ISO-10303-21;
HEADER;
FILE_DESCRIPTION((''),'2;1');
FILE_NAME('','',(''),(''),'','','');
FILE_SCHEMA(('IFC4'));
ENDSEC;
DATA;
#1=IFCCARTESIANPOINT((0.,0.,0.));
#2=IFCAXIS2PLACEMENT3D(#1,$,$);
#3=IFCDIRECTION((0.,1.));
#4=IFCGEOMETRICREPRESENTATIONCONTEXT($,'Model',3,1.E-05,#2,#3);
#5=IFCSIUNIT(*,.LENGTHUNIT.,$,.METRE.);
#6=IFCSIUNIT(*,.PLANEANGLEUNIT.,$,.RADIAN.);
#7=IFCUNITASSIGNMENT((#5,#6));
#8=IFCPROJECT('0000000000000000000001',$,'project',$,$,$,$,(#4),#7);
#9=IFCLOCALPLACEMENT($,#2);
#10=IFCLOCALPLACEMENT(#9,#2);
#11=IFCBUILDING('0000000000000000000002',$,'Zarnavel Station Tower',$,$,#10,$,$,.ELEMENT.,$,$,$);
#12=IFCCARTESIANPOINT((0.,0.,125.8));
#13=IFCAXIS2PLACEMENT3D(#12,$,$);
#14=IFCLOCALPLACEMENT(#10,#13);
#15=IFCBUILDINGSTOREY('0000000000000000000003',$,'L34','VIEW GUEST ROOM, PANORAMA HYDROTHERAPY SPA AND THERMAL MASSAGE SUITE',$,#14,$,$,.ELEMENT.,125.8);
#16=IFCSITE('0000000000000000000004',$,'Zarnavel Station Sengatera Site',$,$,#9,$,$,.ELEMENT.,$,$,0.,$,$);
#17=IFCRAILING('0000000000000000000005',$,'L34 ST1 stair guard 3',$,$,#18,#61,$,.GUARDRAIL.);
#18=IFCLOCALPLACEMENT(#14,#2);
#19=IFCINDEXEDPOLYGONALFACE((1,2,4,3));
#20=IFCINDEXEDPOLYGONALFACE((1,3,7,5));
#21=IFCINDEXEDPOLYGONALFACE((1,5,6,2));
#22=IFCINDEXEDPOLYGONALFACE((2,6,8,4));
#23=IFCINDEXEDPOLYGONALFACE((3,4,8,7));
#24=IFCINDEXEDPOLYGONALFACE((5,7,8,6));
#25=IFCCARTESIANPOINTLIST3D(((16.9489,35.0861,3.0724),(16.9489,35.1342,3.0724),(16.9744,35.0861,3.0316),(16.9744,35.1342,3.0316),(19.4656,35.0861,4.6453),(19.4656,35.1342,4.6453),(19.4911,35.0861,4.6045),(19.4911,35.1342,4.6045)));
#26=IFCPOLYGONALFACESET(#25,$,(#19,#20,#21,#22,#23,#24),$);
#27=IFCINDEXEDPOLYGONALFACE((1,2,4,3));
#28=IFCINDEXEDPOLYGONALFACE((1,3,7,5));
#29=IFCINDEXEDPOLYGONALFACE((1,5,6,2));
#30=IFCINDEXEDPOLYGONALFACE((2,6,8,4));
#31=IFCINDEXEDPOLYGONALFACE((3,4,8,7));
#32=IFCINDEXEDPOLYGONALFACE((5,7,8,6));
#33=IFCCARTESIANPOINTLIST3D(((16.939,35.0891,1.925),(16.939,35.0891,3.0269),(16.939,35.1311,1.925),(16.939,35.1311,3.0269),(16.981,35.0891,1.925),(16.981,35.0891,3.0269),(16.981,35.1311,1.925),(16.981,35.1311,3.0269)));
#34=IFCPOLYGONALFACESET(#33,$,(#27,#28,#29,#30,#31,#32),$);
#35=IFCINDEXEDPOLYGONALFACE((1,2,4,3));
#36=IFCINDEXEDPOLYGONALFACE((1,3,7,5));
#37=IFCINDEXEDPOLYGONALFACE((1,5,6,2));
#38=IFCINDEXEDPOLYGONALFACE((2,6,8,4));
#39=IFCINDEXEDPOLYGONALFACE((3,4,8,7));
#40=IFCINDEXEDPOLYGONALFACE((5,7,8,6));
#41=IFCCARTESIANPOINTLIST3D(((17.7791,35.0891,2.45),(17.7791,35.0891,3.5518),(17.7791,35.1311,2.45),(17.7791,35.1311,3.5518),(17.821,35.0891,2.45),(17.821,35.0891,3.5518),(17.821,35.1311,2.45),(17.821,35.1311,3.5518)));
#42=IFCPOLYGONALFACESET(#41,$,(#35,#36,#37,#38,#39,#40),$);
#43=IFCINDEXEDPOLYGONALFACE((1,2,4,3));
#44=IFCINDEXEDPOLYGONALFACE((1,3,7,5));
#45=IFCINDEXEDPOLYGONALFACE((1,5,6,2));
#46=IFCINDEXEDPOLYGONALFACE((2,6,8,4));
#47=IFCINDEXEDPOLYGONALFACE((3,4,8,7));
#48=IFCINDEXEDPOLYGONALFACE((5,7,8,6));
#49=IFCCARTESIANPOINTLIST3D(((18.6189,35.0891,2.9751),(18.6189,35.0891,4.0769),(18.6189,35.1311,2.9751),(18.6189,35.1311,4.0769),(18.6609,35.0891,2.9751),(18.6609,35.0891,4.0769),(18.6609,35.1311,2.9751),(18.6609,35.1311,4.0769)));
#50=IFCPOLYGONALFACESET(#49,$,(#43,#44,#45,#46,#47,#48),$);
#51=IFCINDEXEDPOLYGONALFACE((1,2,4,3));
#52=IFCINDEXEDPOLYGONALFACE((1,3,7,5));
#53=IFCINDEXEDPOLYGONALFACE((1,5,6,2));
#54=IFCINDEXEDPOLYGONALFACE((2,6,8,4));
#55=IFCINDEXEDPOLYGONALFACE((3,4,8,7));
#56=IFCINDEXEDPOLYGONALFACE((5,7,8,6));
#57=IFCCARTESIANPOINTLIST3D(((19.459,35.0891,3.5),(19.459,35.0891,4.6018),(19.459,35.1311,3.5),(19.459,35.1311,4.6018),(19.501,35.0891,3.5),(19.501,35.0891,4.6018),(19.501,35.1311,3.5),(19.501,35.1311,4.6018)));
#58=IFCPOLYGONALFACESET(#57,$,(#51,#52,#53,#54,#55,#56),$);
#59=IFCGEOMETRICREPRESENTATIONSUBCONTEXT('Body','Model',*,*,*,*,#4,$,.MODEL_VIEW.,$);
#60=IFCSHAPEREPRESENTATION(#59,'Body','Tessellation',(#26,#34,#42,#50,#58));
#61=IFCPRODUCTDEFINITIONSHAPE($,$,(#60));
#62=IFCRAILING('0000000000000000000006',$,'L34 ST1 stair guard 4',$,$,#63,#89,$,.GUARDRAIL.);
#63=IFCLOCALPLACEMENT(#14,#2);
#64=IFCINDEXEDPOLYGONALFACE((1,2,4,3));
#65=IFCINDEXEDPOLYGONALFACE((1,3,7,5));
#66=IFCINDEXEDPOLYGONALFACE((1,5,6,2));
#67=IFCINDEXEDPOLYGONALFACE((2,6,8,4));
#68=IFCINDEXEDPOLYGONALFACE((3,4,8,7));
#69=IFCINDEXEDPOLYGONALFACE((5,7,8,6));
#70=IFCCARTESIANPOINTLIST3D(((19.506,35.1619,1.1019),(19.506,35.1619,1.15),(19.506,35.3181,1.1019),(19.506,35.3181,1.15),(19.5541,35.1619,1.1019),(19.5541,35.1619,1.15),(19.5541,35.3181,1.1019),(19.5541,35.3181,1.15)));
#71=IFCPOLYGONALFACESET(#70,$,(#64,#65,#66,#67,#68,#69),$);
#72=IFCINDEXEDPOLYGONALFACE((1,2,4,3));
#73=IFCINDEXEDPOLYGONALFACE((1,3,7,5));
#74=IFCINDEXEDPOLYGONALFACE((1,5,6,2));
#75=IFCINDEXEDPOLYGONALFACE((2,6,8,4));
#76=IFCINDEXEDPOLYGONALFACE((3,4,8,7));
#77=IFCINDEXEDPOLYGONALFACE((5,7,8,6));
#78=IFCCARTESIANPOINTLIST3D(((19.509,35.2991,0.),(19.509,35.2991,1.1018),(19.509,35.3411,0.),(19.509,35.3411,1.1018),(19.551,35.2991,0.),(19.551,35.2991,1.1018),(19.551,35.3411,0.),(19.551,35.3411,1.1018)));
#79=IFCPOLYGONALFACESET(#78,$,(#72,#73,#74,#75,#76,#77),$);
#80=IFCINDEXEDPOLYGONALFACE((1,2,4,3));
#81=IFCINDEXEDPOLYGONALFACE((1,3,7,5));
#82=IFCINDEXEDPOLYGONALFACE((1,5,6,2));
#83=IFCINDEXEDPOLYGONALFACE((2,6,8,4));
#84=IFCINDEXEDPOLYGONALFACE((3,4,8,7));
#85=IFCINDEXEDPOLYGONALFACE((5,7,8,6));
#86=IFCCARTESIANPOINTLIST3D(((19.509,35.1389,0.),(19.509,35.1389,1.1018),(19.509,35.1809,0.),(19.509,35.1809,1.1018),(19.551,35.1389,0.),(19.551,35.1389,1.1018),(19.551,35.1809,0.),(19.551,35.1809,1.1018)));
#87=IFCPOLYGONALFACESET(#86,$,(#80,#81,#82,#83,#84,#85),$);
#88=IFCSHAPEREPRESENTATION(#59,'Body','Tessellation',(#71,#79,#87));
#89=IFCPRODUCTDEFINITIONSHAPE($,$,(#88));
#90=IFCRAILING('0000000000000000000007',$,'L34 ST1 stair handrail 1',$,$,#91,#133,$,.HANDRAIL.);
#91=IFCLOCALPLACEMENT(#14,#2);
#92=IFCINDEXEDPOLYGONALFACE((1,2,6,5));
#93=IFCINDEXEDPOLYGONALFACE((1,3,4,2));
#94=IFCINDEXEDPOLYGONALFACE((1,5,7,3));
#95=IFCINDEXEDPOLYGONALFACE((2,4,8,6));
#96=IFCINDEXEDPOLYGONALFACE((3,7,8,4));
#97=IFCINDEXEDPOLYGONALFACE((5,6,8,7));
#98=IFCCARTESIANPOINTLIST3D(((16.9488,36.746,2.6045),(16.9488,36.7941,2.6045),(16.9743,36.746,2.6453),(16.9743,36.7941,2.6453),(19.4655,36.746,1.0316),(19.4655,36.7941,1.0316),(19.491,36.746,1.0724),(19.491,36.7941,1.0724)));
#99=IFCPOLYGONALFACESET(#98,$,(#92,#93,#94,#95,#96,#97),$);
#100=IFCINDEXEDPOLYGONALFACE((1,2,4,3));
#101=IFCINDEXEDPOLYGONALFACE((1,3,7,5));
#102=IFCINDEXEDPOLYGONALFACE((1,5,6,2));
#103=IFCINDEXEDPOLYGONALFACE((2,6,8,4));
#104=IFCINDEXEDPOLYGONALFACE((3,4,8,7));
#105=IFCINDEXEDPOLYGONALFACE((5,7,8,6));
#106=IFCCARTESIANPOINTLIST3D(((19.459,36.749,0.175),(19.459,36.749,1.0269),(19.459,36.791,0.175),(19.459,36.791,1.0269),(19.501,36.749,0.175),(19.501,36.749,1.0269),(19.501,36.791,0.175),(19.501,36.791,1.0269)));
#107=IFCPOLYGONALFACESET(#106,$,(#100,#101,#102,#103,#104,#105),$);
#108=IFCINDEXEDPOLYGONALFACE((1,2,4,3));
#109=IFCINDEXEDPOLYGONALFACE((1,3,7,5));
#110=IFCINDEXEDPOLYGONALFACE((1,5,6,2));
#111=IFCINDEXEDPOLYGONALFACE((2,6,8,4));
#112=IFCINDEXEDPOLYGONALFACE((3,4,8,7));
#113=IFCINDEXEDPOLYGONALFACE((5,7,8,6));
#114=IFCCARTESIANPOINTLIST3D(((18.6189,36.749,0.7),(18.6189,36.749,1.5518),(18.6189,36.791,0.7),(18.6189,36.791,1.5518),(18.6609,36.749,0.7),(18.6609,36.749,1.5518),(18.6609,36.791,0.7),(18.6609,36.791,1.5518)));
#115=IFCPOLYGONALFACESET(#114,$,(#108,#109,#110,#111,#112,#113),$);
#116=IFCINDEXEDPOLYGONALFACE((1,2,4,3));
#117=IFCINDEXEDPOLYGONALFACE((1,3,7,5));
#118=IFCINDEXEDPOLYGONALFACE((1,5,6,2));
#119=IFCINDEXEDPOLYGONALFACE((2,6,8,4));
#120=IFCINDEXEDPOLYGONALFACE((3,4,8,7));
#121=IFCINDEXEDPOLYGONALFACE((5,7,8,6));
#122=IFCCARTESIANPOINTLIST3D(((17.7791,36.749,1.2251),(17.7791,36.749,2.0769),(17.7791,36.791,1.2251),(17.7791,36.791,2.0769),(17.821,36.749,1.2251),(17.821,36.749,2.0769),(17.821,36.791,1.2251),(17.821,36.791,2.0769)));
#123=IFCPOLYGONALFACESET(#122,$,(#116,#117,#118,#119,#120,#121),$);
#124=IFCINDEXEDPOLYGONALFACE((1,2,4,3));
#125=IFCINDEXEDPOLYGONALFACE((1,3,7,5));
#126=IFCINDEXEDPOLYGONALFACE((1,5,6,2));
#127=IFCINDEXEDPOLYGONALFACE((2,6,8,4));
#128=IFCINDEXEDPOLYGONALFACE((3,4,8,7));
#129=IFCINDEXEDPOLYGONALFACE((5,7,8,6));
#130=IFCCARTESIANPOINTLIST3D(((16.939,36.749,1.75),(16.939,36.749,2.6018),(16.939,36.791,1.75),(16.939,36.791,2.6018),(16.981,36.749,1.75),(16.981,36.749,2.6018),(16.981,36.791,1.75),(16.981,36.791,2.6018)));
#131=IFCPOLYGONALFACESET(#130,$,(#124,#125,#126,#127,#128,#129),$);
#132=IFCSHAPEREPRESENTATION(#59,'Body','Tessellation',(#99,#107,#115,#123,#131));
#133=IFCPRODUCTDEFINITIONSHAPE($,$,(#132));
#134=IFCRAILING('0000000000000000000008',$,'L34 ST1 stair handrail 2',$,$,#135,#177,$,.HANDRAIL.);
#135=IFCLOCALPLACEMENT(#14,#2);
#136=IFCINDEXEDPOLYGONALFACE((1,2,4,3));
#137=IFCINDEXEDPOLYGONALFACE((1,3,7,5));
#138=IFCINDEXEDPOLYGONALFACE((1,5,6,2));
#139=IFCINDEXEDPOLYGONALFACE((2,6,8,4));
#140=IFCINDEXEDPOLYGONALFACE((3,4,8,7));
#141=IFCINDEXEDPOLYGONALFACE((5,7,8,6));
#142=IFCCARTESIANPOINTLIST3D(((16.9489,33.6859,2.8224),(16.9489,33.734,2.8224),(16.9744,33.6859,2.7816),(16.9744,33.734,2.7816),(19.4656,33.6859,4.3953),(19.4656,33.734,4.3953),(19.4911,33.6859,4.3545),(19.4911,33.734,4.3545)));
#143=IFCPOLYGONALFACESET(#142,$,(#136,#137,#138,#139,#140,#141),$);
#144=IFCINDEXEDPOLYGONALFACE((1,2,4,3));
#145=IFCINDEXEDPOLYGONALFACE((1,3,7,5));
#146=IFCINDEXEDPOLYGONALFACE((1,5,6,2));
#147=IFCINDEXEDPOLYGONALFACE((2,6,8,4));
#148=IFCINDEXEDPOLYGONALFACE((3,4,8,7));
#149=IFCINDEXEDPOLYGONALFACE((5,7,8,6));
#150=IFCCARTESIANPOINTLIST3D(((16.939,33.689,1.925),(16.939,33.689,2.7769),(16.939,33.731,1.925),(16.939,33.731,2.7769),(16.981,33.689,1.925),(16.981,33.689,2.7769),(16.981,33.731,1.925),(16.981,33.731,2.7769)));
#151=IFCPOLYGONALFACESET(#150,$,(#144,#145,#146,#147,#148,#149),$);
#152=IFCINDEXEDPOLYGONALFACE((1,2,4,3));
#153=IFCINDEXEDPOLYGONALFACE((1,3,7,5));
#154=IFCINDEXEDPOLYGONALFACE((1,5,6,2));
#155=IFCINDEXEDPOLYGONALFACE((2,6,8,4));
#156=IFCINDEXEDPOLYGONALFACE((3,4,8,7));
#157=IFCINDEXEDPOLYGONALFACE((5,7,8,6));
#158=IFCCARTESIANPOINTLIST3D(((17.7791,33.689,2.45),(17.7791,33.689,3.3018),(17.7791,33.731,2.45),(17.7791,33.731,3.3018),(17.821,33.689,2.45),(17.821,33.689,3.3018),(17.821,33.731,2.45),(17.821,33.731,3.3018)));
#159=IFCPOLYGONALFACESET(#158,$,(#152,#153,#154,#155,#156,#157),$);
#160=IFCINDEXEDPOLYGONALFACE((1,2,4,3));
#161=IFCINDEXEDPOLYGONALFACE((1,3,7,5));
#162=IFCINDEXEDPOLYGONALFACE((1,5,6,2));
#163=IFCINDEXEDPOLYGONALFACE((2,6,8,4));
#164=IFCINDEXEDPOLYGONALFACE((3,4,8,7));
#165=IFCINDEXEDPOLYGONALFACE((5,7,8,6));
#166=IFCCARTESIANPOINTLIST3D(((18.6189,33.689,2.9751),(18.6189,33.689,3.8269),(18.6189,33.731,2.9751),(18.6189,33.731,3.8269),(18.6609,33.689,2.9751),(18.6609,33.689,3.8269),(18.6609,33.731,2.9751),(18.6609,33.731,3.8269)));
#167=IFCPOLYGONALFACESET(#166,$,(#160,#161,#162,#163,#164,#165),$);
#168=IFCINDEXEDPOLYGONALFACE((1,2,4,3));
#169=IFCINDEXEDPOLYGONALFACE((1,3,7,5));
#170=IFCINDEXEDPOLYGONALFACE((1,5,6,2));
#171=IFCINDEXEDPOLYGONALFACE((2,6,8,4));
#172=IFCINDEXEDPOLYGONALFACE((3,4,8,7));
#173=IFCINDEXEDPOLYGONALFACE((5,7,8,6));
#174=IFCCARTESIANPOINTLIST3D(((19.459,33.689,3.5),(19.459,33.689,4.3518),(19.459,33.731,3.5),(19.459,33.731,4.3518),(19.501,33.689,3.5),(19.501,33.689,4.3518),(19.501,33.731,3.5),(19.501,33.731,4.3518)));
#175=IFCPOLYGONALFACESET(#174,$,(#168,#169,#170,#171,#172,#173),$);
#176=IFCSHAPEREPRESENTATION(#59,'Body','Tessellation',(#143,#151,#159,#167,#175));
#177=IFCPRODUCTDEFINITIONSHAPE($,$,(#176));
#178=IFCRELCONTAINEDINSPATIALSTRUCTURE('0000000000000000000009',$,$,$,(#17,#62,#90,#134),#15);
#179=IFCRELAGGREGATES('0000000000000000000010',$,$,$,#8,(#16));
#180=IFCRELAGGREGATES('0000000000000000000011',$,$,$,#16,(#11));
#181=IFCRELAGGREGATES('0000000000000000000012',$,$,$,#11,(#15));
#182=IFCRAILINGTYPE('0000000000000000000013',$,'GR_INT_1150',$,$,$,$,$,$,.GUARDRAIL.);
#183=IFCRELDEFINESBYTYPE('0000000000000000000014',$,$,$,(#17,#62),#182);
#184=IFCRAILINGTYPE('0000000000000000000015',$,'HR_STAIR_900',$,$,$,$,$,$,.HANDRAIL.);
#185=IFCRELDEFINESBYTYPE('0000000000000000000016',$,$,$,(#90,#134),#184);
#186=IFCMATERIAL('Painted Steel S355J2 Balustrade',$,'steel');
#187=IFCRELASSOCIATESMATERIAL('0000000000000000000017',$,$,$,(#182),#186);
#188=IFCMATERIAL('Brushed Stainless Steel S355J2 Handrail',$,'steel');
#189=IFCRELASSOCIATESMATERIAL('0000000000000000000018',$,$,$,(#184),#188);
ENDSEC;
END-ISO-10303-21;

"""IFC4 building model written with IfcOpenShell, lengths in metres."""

from ifc_helpers import new_model, si_unit, direction, frame, origin, origin_2d, place, context, subcontext, project, spatial, rectangle, extrude, material, type_object, element, save


model = new_model("IFC4")

# Units and contexts
model_context = context("Model", 3, precision=1e-05, world=origin(), true_north=direction((0.0, 1.0)))
body_context = subcontext(model_context, "Body", "Model", "MODEL_VIEW")
ifc_project = project(units=[si_unit("LENGTHUNIT", "METRE"), si_unit("PLANEANGLEUNIT", "RADIAN")], contexts=[model_context])

# Site, building, storey
site_placement = place(None, origin())
site = spatial("IfcSite", under=ifc_project, at=site_placement, Name="Zarnavel Station Sengatera Site", CompositionType="ELEMENT", RefElevation=0.0)
building_placement = place(site_placement, origin())
building = spatial("IfcBuilding", under=site, at=building_placement, Name="Zarnavel Station Tower", CompositionType="ELEMENT")
storey_placement = place(building_placement, frame((0.0, 0.0, 125.8)))
storey = spatial("IfcBuildingStorey", under=building, at=storey_placement, Name="L34", Description="VIEW GUEST ROOM, PANORAMA HYDROTHERAPY SPA AND THERMAL MASSAGE SUITE", CompositionType="ELEMENT", Elevation=125.8)

# Railings
ifc_material_1 = material(Name="Painted Steel S355J2 Balustrade", Category="steel")
railing_type_1 = type_object("IfcRailingType", Name="GR_INT_1150", PredefinedType="GUARDRAIL", material=ifc_material_1)
railing_1_placement = place(storey_placement, frame((16.96, 35.1101, 1.925)))
element("IfcRailing", 1, at=railing_1_placement, inside=storey, type_object=railing_type_1, Name="L34 ST1 stair guard 3", PredefinedType="GUARDRAIL", context=body_context, shape_type="SweptSolid", body=[
    extrude(rectangle(XDim=0.0481, YDim=0.0481, at=origin_2d()), frame((0.0017, 0.0, 1.127), z_axis=(0.848008, 0.0, 0.529984), x_axis=(0.0, 1.0, 0.0)), (0.0, 0.0, 1.0), 2.9678),
    extrude(rectangle(XDim=0.042, YDim=0.042, at=origin_2d()), origin(), (0.0, 0.0, 1.0), 1.1018),
    extrude(rectangle(XDim=0.042, YDim=0.042, at=origin_2d()), frame((0.8401, 0.0, 0.5249)), (0.0, 0.0, 1.0), 1.1018),
    extrude(rectangle(XDim=0.042, YDim=0.042, at=origin_2d()), frame((1.6799, 0.0, 1.05)), (0.0, 0.0, 1.0), 1.1018),
    extrude(rectangle(XDim=0.042, YDim=0.042, at=origin_2d()), frame((2.52, 0.0, 1.575)), (0.0, 0.0, 1.0), 1.1018),
])
railing_2_placement = place(storey_placement, frame((19.53, 35.3201, 0.0)))
element("IfcRailing", 2, at=railing_2_placement, inside=storey, type_object=railing_type_1, Name="L34 ST1 stair guard 4", PredefinedType="GUARDRAIL", context=body_context, shape_type="SweptSolid", body=[
    extrude(rectangle(XDim=0.0481, YDim=0.0481, at=origin_2d()), frame((0.0, -0.002, 1.126), z_axis=(0.0, -1.0, 0.0), x_axis=(1.0, 0.0, 0.0)), (0.0, 0.0, 1.0), 0.1562),
    extrude(rectangle(XDim=0.042, YDim=0.042, at=origin_2d()), origin(), (0.0, 0.0, 1.0), 1.1018),
    extrude(rectangle(XDim=0.042, YDim=0.042, at=origin_2d()), frame((0.0, -0.1602, 0.0)), (0.0, 0.0, 1.0), 1.1018),
])
ifc_material_2 = material(Name="Brushed Stainless Steel S355J2 Handrail", Category="steel")
railing_type_2 = type_object("IfcRailingType", Name="HR_STAIR_900", PredefinedType="HANDRAIL", material=ifc_material_2)
railing_3_placement = place(storey_placement, frame((19.48, 36.77, 0.175)))
element("IfcRailing", 3, at=railing_3_placement, inside=storey, type_object=railing_type_2, Name="L34 ST1 stair handrail 1", PredefinedType="HANDRAIL", context=body_context, shape_type="SweptSolid", body=[
    extrude(rectangle(XDim=0.0481, YDim=0.0481, at=origin_2d()), frame((-0.0017, 0.0, 0.877), z_axis=(-0.848008, 0.0, 0.529984), x_axis=(0.0, -1.0, 0.0)), (0.0, 0.0, 1.0), 2.9678),
    extrude(rectangle(XDim=0.042, YDim=0.042, at=origin_2d()), origin(), (0.0, 0.0, 1.0), 0.8518),
    extrude(rectangle(XDim=0.042, YDim=0.042, at=origin_2d()), frame((-0.8401, 0.0, 0.5249)), (0.0, 0.0, 1.0), 0.8518),
    extrude(rectangle(XDim=0.042, YDim=0.042, at=origin_2d()), frame((-1.6799, 0.0, 1.05)), (0.0, 0.0, 1.0), 0.8518),
    extrude(rectangle(XDim=0.042, YDim=0.042, at=origin_2d()), frame((-2.52, 0.0, 1.575)), (0.0, 0.0, 1.0), 0.8518),
])
railing_4_placement = place(storey_placement, frame((16.96, 33.71, 1.925)))
element("IfcRailing", 4, at=railing_4_placement, inside=storey, type_object=railing_type_2, Name="L34 ST1 stair handrail 2", PredefinedType="HANDRAIL", context=body_context, shape_type="SweptSolid", body=[
    extrude(rectangle(XDim=0.0481, YDim=0.0481, at=origin_2d()), frame((0.0017, 0.0, 0.877), z_axis=(0.848008, 0.0, 0.529984), x_axis=(0.0, 1.0, 0.0)), (0.0, 0.0, 1.0), 2.9678),
    extrude(rectangle(XDim=0.042, YDim=0.042, at=origin_2d()), origin(), (0.0, 0.0, 1.0), 0.8518),
    extrude(rectangle(XDim=0.042, YDim=0.042, at=origin_2d()), frame((0.8401, 0.0, 0.5249)), (0.0, 0.0, 1.0), 0.8518),
    extrude(rectangle(XDim=0.042, YDim=0.042, at=origin_2d()), frame((1.6799, 0.0, 1.05)), (0.0, 0.0, 1.0), 0.8518),
    extrude(rectangle(XDim=0.042, YDim=0.042, at=origin_2d()), frame((2.52, 0.0, 1.575)), (0.0, 0.0, 1.0), 0.8518),
])

save(model, "model.ifc")
